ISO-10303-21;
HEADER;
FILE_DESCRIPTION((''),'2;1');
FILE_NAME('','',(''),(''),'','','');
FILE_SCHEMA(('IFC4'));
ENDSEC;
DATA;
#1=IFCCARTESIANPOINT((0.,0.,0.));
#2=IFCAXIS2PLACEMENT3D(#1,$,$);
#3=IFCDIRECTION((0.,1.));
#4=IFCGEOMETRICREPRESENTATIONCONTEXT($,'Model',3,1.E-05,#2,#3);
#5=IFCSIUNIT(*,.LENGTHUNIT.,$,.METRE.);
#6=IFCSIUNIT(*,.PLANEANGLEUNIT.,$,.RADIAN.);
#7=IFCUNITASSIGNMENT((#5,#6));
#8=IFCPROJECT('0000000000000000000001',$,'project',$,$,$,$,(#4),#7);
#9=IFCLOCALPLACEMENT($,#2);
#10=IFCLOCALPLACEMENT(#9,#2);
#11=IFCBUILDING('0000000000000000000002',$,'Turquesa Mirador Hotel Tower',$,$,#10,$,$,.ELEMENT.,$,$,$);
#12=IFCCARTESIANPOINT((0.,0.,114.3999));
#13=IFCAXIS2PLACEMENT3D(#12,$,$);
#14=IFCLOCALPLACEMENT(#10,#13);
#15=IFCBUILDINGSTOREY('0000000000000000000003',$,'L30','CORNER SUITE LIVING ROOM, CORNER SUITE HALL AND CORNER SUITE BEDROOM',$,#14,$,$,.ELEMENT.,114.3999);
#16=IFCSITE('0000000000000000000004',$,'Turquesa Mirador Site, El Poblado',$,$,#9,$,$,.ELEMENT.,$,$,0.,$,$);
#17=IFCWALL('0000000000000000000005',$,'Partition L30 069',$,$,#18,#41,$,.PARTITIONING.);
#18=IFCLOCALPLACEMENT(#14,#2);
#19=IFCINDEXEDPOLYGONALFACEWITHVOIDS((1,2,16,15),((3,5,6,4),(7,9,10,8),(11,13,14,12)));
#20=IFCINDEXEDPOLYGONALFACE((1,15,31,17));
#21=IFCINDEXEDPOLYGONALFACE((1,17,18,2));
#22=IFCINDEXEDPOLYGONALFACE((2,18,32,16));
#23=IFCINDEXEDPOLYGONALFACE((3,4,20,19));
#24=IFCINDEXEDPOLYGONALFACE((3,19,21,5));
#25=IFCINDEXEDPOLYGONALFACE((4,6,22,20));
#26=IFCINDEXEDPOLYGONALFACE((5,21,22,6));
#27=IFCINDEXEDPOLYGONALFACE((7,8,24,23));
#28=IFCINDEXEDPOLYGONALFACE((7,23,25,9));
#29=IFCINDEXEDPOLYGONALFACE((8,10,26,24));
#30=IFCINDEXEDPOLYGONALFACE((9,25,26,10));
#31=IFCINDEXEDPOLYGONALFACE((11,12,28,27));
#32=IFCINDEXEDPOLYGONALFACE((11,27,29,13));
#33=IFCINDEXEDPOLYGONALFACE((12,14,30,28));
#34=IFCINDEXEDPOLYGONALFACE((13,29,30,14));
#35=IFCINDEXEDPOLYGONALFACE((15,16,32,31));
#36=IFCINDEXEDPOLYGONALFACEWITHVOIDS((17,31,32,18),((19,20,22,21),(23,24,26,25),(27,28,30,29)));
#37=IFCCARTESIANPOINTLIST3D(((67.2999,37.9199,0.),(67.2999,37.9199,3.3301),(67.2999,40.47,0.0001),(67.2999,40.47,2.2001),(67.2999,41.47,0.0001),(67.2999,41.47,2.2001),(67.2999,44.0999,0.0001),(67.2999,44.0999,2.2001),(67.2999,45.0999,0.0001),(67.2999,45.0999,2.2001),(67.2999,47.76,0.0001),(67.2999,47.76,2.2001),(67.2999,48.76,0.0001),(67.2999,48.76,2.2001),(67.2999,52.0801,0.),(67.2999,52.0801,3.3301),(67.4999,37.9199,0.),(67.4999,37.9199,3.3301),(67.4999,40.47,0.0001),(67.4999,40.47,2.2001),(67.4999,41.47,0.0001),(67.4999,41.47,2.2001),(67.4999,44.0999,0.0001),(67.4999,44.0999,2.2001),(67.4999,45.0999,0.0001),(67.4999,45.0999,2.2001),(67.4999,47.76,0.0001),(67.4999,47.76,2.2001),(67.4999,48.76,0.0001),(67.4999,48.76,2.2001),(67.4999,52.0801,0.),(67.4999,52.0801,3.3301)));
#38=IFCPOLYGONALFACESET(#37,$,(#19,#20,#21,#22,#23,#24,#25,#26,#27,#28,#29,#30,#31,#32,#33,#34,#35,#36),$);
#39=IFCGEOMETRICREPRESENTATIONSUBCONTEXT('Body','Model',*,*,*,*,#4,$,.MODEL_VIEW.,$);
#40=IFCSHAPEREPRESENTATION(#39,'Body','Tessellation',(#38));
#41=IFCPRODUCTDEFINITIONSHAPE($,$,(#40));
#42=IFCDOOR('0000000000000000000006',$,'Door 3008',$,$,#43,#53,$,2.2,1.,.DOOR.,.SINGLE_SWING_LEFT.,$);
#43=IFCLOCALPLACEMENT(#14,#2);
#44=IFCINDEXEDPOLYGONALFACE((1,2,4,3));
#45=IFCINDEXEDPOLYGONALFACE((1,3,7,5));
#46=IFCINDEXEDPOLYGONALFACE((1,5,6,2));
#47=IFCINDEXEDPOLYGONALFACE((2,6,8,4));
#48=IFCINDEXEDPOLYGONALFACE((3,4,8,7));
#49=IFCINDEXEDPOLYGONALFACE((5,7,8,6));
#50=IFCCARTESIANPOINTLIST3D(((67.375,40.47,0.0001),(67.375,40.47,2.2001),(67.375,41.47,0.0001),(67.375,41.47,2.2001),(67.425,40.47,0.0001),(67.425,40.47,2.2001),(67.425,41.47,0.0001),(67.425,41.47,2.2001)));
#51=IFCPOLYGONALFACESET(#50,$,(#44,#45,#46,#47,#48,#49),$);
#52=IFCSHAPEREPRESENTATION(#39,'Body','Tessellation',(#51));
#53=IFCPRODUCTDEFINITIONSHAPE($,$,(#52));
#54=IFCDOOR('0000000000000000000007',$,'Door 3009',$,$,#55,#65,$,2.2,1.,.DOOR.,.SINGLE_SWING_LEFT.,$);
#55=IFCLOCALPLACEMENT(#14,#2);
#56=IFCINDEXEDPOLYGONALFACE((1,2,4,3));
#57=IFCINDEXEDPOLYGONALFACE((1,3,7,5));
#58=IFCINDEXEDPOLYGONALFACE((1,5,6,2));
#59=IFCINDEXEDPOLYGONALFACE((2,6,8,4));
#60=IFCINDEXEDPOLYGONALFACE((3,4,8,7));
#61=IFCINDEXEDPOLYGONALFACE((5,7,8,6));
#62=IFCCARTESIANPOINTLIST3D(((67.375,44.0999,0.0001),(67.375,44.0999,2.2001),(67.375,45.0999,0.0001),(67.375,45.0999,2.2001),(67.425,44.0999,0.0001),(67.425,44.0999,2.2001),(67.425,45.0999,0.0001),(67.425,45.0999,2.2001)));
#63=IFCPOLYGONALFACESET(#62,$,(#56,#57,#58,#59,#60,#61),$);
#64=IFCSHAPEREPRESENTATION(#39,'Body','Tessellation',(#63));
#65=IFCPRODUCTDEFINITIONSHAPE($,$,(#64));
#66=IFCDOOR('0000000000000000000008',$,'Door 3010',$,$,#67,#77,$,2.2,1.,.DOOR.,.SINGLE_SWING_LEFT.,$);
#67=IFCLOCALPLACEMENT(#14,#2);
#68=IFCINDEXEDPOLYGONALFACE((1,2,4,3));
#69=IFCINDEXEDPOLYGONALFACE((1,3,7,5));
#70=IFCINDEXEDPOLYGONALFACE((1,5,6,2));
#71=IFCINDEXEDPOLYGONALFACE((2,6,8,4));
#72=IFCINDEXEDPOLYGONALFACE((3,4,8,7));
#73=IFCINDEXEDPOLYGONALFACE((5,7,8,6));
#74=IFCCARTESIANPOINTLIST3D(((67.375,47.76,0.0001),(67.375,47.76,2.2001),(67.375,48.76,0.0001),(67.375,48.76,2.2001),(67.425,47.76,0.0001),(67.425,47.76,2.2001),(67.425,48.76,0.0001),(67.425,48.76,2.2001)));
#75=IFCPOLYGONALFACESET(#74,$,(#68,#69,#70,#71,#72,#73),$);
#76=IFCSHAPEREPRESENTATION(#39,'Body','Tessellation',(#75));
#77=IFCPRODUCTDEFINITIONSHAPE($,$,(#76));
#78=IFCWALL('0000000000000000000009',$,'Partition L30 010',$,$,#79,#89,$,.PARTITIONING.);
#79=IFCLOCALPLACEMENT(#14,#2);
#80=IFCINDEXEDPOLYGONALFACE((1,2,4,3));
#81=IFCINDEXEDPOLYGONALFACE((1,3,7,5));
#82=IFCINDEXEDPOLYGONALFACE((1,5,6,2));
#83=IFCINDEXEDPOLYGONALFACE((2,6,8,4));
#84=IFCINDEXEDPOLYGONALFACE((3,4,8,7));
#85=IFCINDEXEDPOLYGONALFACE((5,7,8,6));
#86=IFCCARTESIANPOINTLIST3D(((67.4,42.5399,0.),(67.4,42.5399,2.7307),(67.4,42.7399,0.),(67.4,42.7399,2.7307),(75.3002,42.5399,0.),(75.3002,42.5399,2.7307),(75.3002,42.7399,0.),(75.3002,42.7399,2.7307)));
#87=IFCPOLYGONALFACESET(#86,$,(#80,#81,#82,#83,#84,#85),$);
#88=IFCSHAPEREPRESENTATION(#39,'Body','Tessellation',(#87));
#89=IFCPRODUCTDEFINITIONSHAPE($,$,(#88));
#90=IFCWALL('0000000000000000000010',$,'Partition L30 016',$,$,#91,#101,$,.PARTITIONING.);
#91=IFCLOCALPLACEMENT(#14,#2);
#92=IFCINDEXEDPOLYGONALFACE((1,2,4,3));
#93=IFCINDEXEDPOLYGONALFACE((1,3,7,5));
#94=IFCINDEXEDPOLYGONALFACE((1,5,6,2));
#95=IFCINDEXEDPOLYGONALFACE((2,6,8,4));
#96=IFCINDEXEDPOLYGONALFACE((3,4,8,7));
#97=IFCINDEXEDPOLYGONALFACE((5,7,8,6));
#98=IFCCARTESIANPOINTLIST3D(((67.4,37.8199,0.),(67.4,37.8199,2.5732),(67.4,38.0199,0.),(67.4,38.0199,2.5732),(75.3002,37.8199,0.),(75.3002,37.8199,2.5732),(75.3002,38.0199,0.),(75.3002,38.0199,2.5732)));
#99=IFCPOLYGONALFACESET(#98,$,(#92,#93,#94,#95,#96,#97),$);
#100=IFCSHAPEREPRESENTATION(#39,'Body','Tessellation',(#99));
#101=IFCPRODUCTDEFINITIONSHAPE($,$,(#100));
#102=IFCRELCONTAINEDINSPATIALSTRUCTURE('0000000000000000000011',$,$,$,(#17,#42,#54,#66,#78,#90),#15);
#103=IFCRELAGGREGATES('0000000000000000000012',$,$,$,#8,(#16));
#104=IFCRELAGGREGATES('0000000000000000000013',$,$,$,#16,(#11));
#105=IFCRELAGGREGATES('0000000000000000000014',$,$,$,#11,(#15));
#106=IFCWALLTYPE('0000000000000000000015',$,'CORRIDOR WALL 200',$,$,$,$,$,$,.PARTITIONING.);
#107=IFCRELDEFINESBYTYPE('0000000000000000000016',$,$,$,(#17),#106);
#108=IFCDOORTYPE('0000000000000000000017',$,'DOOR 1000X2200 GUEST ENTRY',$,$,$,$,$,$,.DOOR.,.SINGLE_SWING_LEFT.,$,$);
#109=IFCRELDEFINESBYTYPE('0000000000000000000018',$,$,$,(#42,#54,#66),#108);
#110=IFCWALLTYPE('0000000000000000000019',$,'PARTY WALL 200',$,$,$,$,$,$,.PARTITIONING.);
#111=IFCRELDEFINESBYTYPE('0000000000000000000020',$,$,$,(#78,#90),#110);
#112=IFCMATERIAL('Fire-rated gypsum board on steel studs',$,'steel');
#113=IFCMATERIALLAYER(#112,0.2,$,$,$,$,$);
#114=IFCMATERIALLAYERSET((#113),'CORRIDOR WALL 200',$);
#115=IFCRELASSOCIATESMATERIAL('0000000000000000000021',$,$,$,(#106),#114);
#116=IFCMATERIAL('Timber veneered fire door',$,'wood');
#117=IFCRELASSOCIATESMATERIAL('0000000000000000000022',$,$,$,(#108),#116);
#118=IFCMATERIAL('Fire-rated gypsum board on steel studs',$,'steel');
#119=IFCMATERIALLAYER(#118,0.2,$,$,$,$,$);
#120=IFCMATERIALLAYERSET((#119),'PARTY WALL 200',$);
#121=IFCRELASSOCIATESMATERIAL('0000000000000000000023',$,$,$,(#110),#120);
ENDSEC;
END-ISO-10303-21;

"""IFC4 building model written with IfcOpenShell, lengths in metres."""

from ifc_helpers import new_model, si_unit, direction, frame, frame_2d, origin, place, context, subcontext, project, spatial, rectangle, extrude, material, layer, layer_set, type_object, element, fill, save


model = new_model("IFC4")

# Units and contexts
model_context = context("Model", 3, precision=1e-05, world=origin(), true_north=direction((0.0, 1.0)))
body_context = subcontext(model_context, "Body", "Model", "MODEL_VIEW")
ifc_project = project(units=[si_unit("LENGTHUNIT", "METRE"), si_unit("PLANEANGLEUNIT", "RADIAN")], contexts=[model_context])

# Site, building, storey
site_placement = place(None, origin())
site = spatial("IfcSite", under=ifc_project, at=site_placement, Name="Turquesa Mirador Site, El Poblado", CompositionType="ELEMENT", RefElevation=0.0)
building_placement = place(site_placement, origin())
building = spatial("IfcBuilding", under=site, at=building_placement, Name="Turquesa Mirador Hotel Tower", CompositionType="ELEMENT")
storey_placement = place(building_placement, frame((0.0, 0.0, 114.3999)))
storey = spatial("IfcBuildingStorey", under=building, at=storey_placement, Name="L30", Description="CORNER SUITE LIVING ROOM, CORNER SUITE HALL AND CORNER SUITE BEDROOM", CompositionType="ELEMENT", Elevation=114.3999)

# Shared definitions
ifc_material_1 = material(Name="Fire-rated gypsum board on steel studs", Category="steel")
ifc_layer_1 = layer(ifc_material_1, 0.2)
ifc_layer_set_1 = layer_set([ifc_layer_1], Name="CORRIDOR WALL 200")
wall_type_1 = type_object("IfcWallType", Name="CORRIDOR WALL 200", PredefinedType="PARTITIONING", material=ifc_layer_set_1)

# Wall, openings, doors
wall_1_placement = place(storey_placement, frame((67.3999, 37.9199, 0.0), z_axis=(0.0, 0.0, 1.0), x_axis=(0.0, 1.0, 0.0)))
wall_1 = element("IfcWall", 1, at=wall_1_placement, inside=storey, type_object=wall_type_1, Name="Partition L30 069", PredefinedType="PARTITIONING", context=body_context, shape_type="SweptSolid", body=[
    extrude(rectangle(XDim=14.1602, YDim=0.2, at=frame_2d((7.0801, 0.0))), origin(), (0.0, 0.0, 1.0), 3.3301),
])
opening_1_placement = place(wall_1_placement, frame((2.55, 0.0, 0.0)))
opening_1 = element("IfcOpeningElement", 2, at=opening_1_placement, cuts=wall_1, PredefinedType="OPENING", context=body_context, shape_type="SweptSolid", body=[
    extrude(rectangle(XDim=1.0, YDim=2.2, at=frame_2d((0.5, 1.1001))), frame((0.0, 0.1099, 0.0), z_axis=(0.0, -1.0, 0.0), x_axis=(1.0, 0.0, 0.0)), (0.0, 0.0, 1.0), 0.22),
])
opening_2_placement = place(wall_1_placement, frame((6.1799, 0.0, 0.0)))
opening_2 = element("IfcOpeningElement", 3, at=opening_2_placement, cuts=wall_1, PredefinedType="OPENING", context=body_context, shape_type="SweptSolid", body=[
    extrude(rectangle(XDim=1.0, YDim=2.2, at=frame_2d((0.5, 1.1001))), frame((0.0, 0.1099, 0.0), z_axis=(0.0, -1.0, 0.0), x_axis=(1.0, 0.0, 0.0)), (0.0, 0.0, 1.0), 0.22),
])
opening_3_placement = place(wall_1_placement, frame((9.8401, 0.0, 0.0)))
opening_3 = element("IfcOpeningElement", 4, at=opening_3_placement, cuts=wall_1, PredefinedType="OPENING", context=body_context, shape_type="SweptSolid", body=[
    extrude(rectangle(XDim=1.0, YDim=2.2, at=frame_2d((0.5, 1.1001))), frame((0.0, 0.1099, 0.0), z_axis=(0.0, -1.0, 0.0), x_axis=(1.0, 0.0, 0.0)), (0.0, 0.0, 1.0), 0.22),
])
ifc_material_2 = material(Name="Timber veneered fire door", Category="wood")
door_type_1 = type_object("IfcDoorType", Name="DOOR 1000X2200 GUEST ENTRY", OperationType="SINGLE_SWING_LEFT", PredefinedType="DOOR", material=ifc_material_2)
door_1_placement = place(opening_1_placement, origin())
door_1 = element("IfcDoor", 5, at=door_1_placement, inside=storey, type_object=door_type_1, Name="Door 3008", OperationType="SINGLE_SWING_LEFT", OverallHeight=2.2, OverallWidth=1.0, PredefinedType="DOOR", context=body_context, shape_type="SweptSolid", body=[
    extrude(rectangle(XDim=1.0, YDim=2.2, at=frame_2d((0.5, 1.1001))), frame((0.0, 0.0249, 0.0), z_axis=(0.0, -1.0, 0.0), x_axis=(1.0, 0.0, 0.0)), (0.0, 0.0, 1.0), 0.05),
])
fill(opening_1, door_1)
door_2_placement = place(opening_2_placement, origin())
door_2 = element("IfcDoor", 6, at=door_2_placement, inside=storey, type_object=door_type_1, Name="Door 3009", OperationType="SINGLE_SWING_LEFT", OverallHeight=2.2, OverallWidth=1.0, PredefinedType="DOOR", context=body_context, shape_type="SweptSolid", body=[
    extrude(rectangle(XDim=1.0, YDim=2.2, at=frame_2d((0.5, 1.1001))), frame((0.0, 0.0249, 0.0), z_axis=(0.0, -1.0, 0.0), x_axis=(1.0, 0.0, 0.0)), (0.0, 0.0, 1.0), 0.05),
])
fill(opening_2, door_2)
door_3_placement = place(opening_3_placement, origin())
door_3 = element("IfcDoor", 7, at=door_3_placement, inside=storey, type_object=door_type_1, Name="Door 3010", OperationType="SINGLE_SWING_LEFT", OverallHeight=2.2, OverallWidth=1.0, PredefinedType="DOOR", context=body_context, shape_type="SweptSolid", body=[
    extrude(rectangle(XDim=1.0, YDim=2.2, at=frame_2d((0.5, 1.1001))), frame((0.0, 0.0249, 0.0), z_axis=(0.0, -1.0, 0.0), x_axis=(1.0, 0.0, 0.0)), (0.0, 0.0, 1.0), 0.05),
])
fill(opening_3, door_3)

# Walls
ifc_material_3 = material(Name="Fire-rated gypsum board on steel studs", Category="steel")
ifc_layer_2 = layer(ifc_material_3, 0.2)
ifc_layer_set_2 = layer_set([ifc_layer_2], Name="PARTY WALL 200")
wall_type_2 = type_object("IfcWallType", Name="PARTY WALL 200", PredefinedType="PARTITIONING", material=ifc_layer_set_2)
wall_2_placement = place(storey_placement, frame((67.3999, 42.6399, 0.0), z_axis=(0.0, 0.0, 1.0), x_axis=(1.0, 0.0, 0.0)))
element("IfcWall", 8, at=wall_2_placement, inside=storey, type_object=wall_type_2, Name="Partition L30 010", PredefinedType="PARTITIONING", context=body_context, shape_type="SweptSolid", body=[
    extrude(rectangle(XDim=7.9001, YDim=0.2, at=frame_2d((3.9502, 0.0))), origin(), (0.0, 0.0, 1.0), 2.7307),
])
wall_3_placement = place(storey_placement, frame((67.3999, 37.9199, 0.0), z_axis=(0.0, 0.0, 1.0), x_axis=(1.0, 0.0, 0.0)))
element("IfcWall", 9, at=wall_3_placement, inside=storey, type_object=wall_type_2, Name="Partition L30 016", PredefinedType="PARTITIONING", context=body_context, shape_type="SweptSolid", body=[
    extrude(rectangle(XDim=7.9001, YDim=0.2, at=frame_2d((3.9502, 0.0))), origin(), (0.0, 0.0, 1.0), 2.5732),
])

save(model, "model.ifc")
